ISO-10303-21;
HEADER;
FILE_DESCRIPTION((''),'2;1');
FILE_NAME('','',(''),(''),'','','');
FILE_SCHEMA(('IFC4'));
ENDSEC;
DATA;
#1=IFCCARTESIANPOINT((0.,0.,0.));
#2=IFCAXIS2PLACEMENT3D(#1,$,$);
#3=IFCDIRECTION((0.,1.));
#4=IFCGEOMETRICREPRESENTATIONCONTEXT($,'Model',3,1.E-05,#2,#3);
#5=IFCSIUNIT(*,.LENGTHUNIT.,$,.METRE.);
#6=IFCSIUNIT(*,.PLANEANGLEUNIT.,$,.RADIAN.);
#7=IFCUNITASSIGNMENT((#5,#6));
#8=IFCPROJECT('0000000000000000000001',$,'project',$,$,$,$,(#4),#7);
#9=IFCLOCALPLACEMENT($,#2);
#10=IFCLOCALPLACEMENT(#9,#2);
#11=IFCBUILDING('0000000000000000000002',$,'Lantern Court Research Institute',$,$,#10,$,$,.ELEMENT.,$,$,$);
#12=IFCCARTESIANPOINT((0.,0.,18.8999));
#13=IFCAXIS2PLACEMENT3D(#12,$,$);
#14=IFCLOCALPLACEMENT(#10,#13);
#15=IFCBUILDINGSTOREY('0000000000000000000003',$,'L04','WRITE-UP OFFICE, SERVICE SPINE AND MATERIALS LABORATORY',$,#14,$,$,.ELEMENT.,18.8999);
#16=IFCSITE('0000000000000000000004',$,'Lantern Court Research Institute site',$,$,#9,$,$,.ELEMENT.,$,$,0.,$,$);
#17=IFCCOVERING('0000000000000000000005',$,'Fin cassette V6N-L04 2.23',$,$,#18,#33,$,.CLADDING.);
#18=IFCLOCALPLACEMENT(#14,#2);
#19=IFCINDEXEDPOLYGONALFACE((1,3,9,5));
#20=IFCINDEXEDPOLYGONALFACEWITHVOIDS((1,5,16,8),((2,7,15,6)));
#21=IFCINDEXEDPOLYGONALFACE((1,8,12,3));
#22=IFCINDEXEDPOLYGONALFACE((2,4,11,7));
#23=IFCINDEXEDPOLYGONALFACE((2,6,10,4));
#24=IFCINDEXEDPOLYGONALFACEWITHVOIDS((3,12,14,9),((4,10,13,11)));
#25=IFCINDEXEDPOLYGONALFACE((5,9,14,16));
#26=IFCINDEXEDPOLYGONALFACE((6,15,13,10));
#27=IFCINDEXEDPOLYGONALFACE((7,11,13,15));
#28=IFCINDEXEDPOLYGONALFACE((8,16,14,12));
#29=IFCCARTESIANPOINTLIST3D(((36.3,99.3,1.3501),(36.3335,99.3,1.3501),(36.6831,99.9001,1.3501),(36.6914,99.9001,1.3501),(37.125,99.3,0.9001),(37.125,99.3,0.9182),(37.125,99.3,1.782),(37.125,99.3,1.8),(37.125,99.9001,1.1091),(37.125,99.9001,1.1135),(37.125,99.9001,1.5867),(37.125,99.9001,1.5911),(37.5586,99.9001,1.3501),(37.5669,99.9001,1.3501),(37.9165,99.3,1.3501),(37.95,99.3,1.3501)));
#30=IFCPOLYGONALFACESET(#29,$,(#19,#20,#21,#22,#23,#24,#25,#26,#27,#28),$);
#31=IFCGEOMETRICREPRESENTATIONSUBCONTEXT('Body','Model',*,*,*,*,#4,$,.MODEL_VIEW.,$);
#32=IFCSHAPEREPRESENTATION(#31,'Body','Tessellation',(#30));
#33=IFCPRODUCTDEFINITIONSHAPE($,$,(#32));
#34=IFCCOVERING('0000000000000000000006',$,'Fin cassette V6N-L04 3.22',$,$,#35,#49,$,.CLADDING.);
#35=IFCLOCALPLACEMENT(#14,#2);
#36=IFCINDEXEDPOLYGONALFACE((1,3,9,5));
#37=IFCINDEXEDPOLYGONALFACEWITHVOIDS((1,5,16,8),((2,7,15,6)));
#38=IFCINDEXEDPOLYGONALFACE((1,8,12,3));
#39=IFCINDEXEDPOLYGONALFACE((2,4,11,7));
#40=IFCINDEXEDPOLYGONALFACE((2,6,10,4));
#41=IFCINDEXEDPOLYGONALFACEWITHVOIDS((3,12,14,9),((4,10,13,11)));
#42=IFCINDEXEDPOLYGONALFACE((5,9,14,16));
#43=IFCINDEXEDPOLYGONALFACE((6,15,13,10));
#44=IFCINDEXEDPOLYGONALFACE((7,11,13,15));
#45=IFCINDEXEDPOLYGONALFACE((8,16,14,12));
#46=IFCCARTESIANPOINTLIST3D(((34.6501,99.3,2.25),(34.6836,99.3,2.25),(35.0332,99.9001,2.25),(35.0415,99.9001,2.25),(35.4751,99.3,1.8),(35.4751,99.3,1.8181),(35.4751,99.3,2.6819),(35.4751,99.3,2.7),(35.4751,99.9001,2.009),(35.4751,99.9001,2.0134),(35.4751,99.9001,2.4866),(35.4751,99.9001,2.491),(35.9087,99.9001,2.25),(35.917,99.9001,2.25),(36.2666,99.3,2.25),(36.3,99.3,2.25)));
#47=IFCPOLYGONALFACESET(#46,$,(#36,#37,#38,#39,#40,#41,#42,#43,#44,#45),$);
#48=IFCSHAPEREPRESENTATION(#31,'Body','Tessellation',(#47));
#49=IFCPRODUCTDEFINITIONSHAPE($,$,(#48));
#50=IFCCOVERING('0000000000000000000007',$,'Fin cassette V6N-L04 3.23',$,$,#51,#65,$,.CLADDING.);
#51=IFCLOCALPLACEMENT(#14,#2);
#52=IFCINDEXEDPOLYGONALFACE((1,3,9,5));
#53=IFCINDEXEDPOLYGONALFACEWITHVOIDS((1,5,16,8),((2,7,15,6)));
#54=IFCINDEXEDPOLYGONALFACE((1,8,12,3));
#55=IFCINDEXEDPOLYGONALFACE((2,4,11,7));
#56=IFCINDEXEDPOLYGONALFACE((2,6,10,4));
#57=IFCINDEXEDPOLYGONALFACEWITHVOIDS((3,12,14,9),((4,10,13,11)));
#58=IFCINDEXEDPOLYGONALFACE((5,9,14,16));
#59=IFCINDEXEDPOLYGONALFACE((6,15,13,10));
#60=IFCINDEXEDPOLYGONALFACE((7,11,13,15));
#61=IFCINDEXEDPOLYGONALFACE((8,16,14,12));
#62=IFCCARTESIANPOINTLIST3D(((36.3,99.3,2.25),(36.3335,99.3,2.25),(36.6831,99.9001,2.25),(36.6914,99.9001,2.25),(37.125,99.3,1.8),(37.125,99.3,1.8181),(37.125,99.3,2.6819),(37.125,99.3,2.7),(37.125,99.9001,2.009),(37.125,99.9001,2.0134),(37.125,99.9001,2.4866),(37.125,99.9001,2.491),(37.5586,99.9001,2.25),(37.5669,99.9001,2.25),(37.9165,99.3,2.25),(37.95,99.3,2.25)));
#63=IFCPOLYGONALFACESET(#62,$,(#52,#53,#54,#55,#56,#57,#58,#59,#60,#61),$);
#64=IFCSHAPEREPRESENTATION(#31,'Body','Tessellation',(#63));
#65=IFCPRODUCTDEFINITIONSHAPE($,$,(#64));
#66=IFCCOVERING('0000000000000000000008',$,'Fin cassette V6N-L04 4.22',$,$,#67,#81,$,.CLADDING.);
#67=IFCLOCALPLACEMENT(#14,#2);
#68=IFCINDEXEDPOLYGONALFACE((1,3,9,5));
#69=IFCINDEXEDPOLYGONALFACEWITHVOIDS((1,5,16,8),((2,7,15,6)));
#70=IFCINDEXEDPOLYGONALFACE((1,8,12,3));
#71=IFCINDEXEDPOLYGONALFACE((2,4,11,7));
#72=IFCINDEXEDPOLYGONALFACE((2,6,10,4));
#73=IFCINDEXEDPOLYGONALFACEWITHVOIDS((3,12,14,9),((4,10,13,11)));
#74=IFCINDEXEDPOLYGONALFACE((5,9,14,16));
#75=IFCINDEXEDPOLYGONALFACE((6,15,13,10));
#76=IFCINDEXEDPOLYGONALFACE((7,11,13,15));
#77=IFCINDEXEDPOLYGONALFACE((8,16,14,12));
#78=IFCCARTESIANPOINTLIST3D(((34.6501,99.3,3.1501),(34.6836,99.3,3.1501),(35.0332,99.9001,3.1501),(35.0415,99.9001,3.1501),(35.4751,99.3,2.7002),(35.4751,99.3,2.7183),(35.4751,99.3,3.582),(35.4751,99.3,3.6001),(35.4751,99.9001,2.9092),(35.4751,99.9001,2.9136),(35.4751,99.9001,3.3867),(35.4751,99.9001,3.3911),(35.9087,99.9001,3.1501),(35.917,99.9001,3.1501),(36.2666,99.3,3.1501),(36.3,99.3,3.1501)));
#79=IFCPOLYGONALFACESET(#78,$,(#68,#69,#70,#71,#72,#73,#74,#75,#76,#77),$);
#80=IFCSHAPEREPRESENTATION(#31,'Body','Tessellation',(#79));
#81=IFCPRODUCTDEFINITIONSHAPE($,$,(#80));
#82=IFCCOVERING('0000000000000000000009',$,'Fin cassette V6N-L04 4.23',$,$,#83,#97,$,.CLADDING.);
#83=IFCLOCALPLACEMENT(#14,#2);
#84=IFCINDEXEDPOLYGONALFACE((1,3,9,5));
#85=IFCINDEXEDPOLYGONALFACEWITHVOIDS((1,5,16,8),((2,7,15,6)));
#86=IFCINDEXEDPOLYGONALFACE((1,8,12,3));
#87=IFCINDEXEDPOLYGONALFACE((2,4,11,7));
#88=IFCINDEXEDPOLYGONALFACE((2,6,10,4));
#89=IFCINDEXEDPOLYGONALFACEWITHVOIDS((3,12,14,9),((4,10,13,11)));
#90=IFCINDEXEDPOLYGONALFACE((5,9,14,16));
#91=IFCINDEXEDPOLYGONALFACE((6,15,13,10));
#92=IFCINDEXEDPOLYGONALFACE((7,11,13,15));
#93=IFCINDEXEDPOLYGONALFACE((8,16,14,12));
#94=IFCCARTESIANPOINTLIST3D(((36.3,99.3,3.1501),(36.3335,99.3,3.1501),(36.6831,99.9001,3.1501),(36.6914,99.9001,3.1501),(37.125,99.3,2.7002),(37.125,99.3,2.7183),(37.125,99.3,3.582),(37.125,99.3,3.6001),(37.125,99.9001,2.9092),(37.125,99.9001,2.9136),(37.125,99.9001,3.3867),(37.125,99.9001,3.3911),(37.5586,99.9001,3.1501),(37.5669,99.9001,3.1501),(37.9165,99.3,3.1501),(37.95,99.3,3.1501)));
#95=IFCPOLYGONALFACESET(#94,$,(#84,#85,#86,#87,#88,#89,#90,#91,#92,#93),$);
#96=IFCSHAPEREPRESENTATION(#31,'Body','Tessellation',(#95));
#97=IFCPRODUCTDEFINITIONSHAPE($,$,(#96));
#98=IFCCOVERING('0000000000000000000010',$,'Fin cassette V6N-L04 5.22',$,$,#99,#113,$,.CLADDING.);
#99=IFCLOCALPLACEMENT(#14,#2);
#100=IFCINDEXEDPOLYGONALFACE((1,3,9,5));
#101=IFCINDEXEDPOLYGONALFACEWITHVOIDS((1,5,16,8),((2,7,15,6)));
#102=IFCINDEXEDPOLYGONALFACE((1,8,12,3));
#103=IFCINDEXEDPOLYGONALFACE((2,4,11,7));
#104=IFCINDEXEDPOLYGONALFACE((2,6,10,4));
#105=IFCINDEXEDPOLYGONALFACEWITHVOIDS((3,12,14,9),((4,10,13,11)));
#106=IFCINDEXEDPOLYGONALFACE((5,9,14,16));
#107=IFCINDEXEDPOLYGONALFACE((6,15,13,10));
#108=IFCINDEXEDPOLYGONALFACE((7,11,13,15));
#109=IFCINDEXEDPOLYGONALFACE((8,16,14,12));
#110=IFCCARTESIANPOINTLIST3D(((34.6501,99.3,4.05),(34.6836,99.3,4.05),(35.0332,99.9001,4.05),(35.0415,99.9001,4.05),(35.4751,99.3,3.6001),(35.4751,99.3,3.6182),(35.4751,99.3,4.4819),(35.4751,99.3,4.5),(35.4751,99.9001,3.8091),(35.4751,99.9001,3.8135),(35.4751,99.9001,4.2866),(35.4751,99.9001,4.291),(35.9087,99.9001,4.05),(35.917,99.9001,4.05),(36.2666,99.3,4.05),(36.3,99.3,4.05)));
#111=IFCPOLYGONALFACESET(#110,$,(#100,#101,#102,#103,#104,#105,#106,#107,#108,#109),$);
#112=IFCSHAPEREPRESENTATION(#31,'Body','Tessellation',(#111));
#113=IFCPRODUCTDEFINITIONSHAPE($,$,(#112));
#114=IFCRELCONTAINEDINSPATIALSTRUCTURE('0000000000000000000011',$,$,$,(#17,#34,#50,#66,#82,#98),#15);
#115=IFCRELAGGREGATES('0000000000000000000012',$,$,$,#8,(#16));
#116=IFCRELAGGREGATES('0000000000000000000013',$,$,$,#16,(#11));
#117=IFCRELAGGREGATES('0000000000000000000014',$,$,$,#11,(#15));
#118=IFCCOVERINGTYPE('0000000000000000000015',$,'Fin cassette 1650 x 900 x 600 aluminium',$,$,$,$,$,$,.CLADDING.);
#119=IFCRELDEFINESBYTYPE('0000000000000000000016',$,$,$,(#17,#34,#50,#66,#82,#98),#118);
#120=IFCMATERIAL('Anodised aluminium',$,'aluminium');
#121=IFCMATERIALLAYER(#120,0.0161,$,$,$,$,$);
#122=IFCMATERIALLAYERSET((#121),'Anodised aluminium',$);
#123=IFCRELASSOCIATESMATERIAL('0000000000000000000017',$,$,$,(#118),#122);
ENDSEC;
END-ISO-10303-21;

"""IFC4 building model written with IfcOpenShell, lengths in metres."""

from ifc_helpers import new_model, entity, si_unit, direction, frame, origin, place, context, subcontext, project, spatial, material, layer, layer_set, type_object, element, save


model = new_model("IFC4")

# Units and contexts
model_context = context("Model", 3, precision=1e-05, world=origin(), true_north=direction((0.0, 1.0)))
body_context = subcontext(model_context, "Body", "Model", "MODEL_VIEW")
ifc_project = project(units=[si_unit("LENGTHUNIT", "METRE"), si_unit("PLANEANGLEUNIT", "RADIAN")], contexts=[model_context])

# Site, building, storey
site_placement = place(None, origin())
site = spatial("IfcSite", under=ifc_project, at=site_placement, Name="Lantern Court Research Institute site", CompositionType="ELEMENT", RefElevation=0.0)
building_placement = place(site_placement, origin())
building = spatial("IfcBuilding", under=site, at=building_placement, Name="Lantern Court Research Institute", CompositionType="ELEMENT")
storey_placement = place(building_placement, frame((0.0, 0.0, 18.8999)))
storey = spatial("IfcBuildingStorey", under=building, at=storey_placement, Name="L04", Description="WRITE-UP OFFICE, SERVICE SPINE AND MATERIALS LABORATORY", CompositionType="ELEMENT", Elevation=18.8999)

# Coverings
ifc_material_1 = material(Name="Anodised aluminium", Category="aluminium")
ifc_layer_1 = layer(ifc_material_1, 0.0161)
ifc_layer_set_1 = layer_set([ifc_layer_1], Name="Anodised aluminium")
covering_type_1 = type_object("IfcCoveringType", Name="Fin cassette 1650 x 900 x 600 aluminium", PredefinedType="CLADDING", material=ifc_layer_set_1)
covering_1_placement = place(storey_placement, frame((37.125, 99.3, 1.3501), z_axis=(0.0, 1.0, 0.0), x_axis=(-1.0, 0.0, 0.0)))
cartesian_point_1 = entity("IfcCartesianPoint", [0.825, 0.0])
cartesian_point_2 = entity("IfcCartesianPoint", [0.7915, 0.0])
cartesian_point_3 = entity("IfcCartesianPoint", [0.4419, 0.0])
cartesian_point_4 = entity("IfcCartesianPoint", [0.4336, 0.0])
element("IfcCovering", 1, at=covering_1_placement, inside=storey, type_object=covering_type_1, Name="Fin cassette V6N-L04 2.23", PredefinedType="CLADDING", context=body_context, shape_type="SweptSolid", body=[
    entity("IfcExtrudedAreaSolidTapered", entity("IfcArbitraryProfileDefWithVoids", "AREA", None, entity("IfcPolyline", [cartesian_point_1, entity("IfcCartesianPoint", [0.0, 0.45]), entity("IfcCartesianPoint", [-0.825, 0.0]), entity("IfcCartesianPoint", [0.0, -0.45]), cartesian_point_1]), [entity("IfcPolyline", [cartesian_point_2, entity("IfcCartesianPoint", [0.0, 0.4319]), entity("IfcCartesianPoint", [-0.7915, 0.0]), entity("IfcCartesianPoint", [0.0, -0.4319]), cartesian_point_2])]), entity("IfcAxis2Placement3D", entity("IfcCartesianPoint", [0.0, 0.0, 0.0])), entity("IfcDirection", [0.0, 0.0, 1.0]), 0.6001, entity("IfcArbitraryProfileDefWithVoids", "AREA", None, entity("IfcPolyline", [cartesian_point_3, entity("IfcCartesianPoint", [0.0, 0.241]), entity("IfcCartesianPoint", [-0.4419, 0.0]), entity("IfcCartesianPoint", [0.0, -0.241]), cartesian_point_3]), [entity("IfcPolyline", [cartesian_point_4, entity("IfcCartesianPoint", [0.0, 0.2366]), entity("IfcCartesianPoint", [-0.4336, 0.0]), entity("IfcCartesianPoint", [0.0, -0.2366]), cartesian_point_4])])),
])
covering_2_placement = place(storey_placement, frame((35.4751, 99.3, 2.25), z_axis=(0.0, 1.0, 0.0), x_axis=(-1.0, 0.0, 0.0)))
cartesian_point_5 = entity("IfcCartesianPoint", [0.825, 0.0])
cartesian_point_6 = entity("IfcCartesianPoint", [0.7915, 0.0])
cartesian_point_7 = entity("IfcCartesianPoint", [0.4419, 0.0])
cartesian_point_8 = entity("IfcCartesianPoint", [0.4336, 0.0])
element("IfcCovering", 2, at=covering_2_placement, inside=storey, type_object=covering_type_1, Name="Fin cassette V6N-L04 3.22", PredefinedType="CLADDING", context=body_context, shape_type="SweptSolid", body=[
    entity("IfcExtrudedAreaSolidTapered", entity("IfcArbitraryProfileDefWithVoids", "AREA", None, entity("IfcPolyline", [cartesian_point_5, entity("IfcCartesianPoint", [0.0, 0.45]), entity("IfcCartesianPoint", [-0.825, 0.0]), entity("IfcCartesianPoint", [0.0, -0.45]), cartesian_point_5]), [entity("IfcPolyline", [cartesian_point_6, entity("IfcCartesianPoint", [0.0, 0.4319]), entity("IfcCartesianPoint", [-0.7915, 0.0]), entity("IfcCartesianPoint", [0.0, -0.4319]), cartesian_point_6])]), entity("IfcAxis2Placement3D", entity("IfcCartesianPoint", [0.0, 0.0, 0.0])), entity("IfcDirection", [0.0, 0.0, 1.0]), 0.6001, entity("IfcArbitraryProfileDefWithVoids", "AREA", None, entity("IfcPolyline", [cartesian_point_7, entity("IfcCartesianPoint", [0.0, 0.241]), entity("IfcCartesianPoint", [-0.4419, 0.0]), entity("IfcCartesianPoint", [0.0, -0.241]), cartesian_point_7]), [entity("IfcPolyline", [cartesian_point_8, entity("IfcCartesianPoint", [0.0, 0.2366]), entity("IfcCartesianPoint", [-0.4336, 0.0]), entity("IfcCartesianPoint", [0.0, -0.2366]), cartesian_point_8])])),
])
covering_3_placement = place(storey_placement, frame((37.125, 99.3, 2.25), z_axis=(0.0, 1.0, 0.0), x_axis=(-1.0, 0.0, 0.0)))
cartesian_point_9 = entity("IfcCartesianPoint", [0.825, 0.0])
cartesian_point_10 = entity("IfcCartesianPoint", [0.7915, 0.0])
cartesian_point_11 = entity("IfcCartesianPoint", [0.4419, 0.0])
cartesian_point_12 = entity("IfcCartesianPoint", [0.4336, 0.0])
element("IfcCovering", 3, at=covering_3_placement, inside=storey, type_object=covering_type_1, Name="Fin cassette V6N-L04 3.23", PredefinedType="CLADDING", context=body_context, shape_type="SweptSolid", body=[
    entity("IfcExtrudedAreaSolidTapered", entity("IfcArbitraryProfileDefWithVoids", "AREA", None, entity("IfcPolyline", [cartesian_point_9, entity("IfcCartesianPoint", [0.0, 0.45]), entity("IfcCartesianPoint", [-0.825, 0.0]), entity("IfcCartesianPoint", [0.0, -0.45]), cartesian_point_9]), [entity("IfcPolyline", [cartesian_point_10, entity("IfcCartesianPoint", [0.0, 0.4319]), entity("IfcCartesianPoint", [-0.7915, 0.0]), entity("IfcCartesianPoint", [0.0, -0.4319]), cartesian_point_10])]), entity("IfcAxis2Placement3D", entity("IfcCartesianPoint", [0.0, 0.0, 0.0])), entity("IfcDirection", [0.0, 0.0, 1.0]), 0.6001, entity("IfcArbitraryProfileDefWithVoids", "AREA", None, entity("IfcPolyline", [cartesian_point_11, entity("IfcCartesianPoint", [0.0, 0.241]), entity("IfcCartesianPoint", [-0.4419, 0.0]), entity("IfcCartesianPoint", [0.0, -0.241]), cartesian_point_11]), [entity("IfcPolyline", [cartesian_point_12, entity("IfcCartesianPoint", [0.0, 0.2366]), entity("IfcCartesianPoint", [-0.4336, 0.0]), entity("IfcCartesianPoint", [0.0, -0.2366]), cartesian_point_12])])),
])
covering_4_placement = place(storey_placement, frame((35.4751, 99.3, 3.1501), z_axis=(0.0, 1.0, 0.0), x_axis=(-1.0, 0.0, 0.0)))
cartesian_point_13 = entity("IfcCartesianPoint", [0.825, 0.0])
cartesian_point_14 = entity("IfcCartesianPoint", [0.7915, 0.0])
cartesian_point_15 = entity("IfcCartesianPoint", [0.4419, 0.0])
cartesian_point_16 = entity("IfcCartesianPoint", [0.4336, 0.0])
element("IfcCovering", 4, at=covering_4_placement, inside=storey, type_object=covering_type_1, Name="Fin cassette V6N-L04 4.22", PredefinedType="CLADDING", context=body_context, shape_type="SweptSolid", body=[
    entity("IfcExtrudedAreaSolidTapered", entity("IfcArbitraryProfileDefWithVoids", "AREA", None, entity("IfcPolyline", [cartesian_point_13, entity("IfcCartesianPoint", [0.0, 0.45]), entity("IfcCartesianPoint", [-0.825, 0.0]), entity("IfcCartesianPoint", [0.0, -0.45]), cartesian_point_13]), [entity("IfcPolyline", [cartesian_point_14, entity("IfcCartesianPoint", [0.0, 0.4319]), entity("IfcCartesianPoint", [-0.7915, 0.0]), entity("IfcCartesianPoint", [0.0, -0.4319]), cartesian_point_14])]), entity("IfcAxis2Placement3D", entity("IfcCartesianPoint", [0.0, 0.0, 0.0])), entity("IfcDirection", [0.0, 0.0, 1.0]), 0.6001, entity("IfcArbitraryProfileDefWithVoids", "AREA", None, entity("IfcPolyline", [cartesian_point_15, entity("IfcCartesianPoint", [0.0, 0.241]), entity("IfcCartesianPoint", [-0.4419, 0.0]), entity("IfcCartesianPoint", [0.0, -0.241]), cartesian_point_15]), [entity("IfcPolyline", [cartesian_point_16, entity("IfcCartesianPoint", [0.0, 0.2366]), entity("IfcCartesianPoint", [-0.4336, 0.0]), entity("IfcCartesianPoint", [0.0, -0.2366]), cartesian_point_16])])),
])
covering_5_placement = place(storey_placement, frame((37.125, 99.3, 3.1501), z_axis=(0.0, 1.0, 0.0), x_axis=(-1.0, 0.0, 0.0)))
cartesian_point_17 = entity("IfcCartesianPoint", [0.825, 0.0])
cartesian_point_18 = entity("IfcCartesianPoint", [0.7915, 0.0])
cartesian_point_19 = entity("IfcCartesianPoint", [0.4419, 0.0])
cartesian_point_20 = entity("IfcCartesianPoint", [0.4336, 0.0])
element("IfcCovering", 5, at=covering_5_placement, inside=storey, type_object=covering_type_1, Name="Fin cassette V6N-L04 4.23", PredefinedType="CLADDING", context=body_context, shape_type="SweptSolid", body=[
    entity("IfcExtrudedAreaSolidTapered", entity("IfcArbitraryProfileDefWithVoids", "AREA", None, entity("IfcPolyline", [cartesian_point_17, entity("IfcCartesianPoint", [0.0, 0.45]), entity("IfcCartesianPoint", [-0.825, 0.0]), entity("IfcCartesianPoint", [0.0, -0.45]), cartesian_point_17]), [entity("IfcPolyline", [cartesian_point_18, entity("IfcCartesianPoint", [0.0, 0.4319]), entity("IfcCartesianPoint", [-0.7915, 0.0]), entity("IfcCartesianPoint", [0.0, -0.4319]), cartesian_point_18])]), entity("IfcAxis2Placement3D", entity("IfcCartesianPoint", [0.0, 0.0, 0.0])), entity("IfcDirection", [0.0, 0.0, 1.0]), 0.6001, entity("IfcArbitraryProfileDefWithVoids", "AREA", None, entity("IfcPolyline", [cartesian_point_19, entity("IfcCartesianPoint", [0.0, 0.241]), entity("IfcCartesianPoint", [-0.4419, 0.0]), entity("IfcCartesianPoint", [0.0, -0.241]), cartesian_point_19]), [entity("IfcPolyline", [cartesian_point_20, entity("IfcCartesianPoint", [0.0, 0.2366]), entity("IfcCartesianPoint", [-0.4336, 0.0]), entity("IfcCartesianPoint", [0.0, -0.2366]), cartesian_point_20])])),
])
covering_6_placement = place(storey_placement, frame((35.4751, 99.3, 4.05), z_axis=(0.0, 1.0, 0.0), x_axis=(-1.0, 0.0, 0.0)))
cartesian_point_21 = entity("IfcCartesianPoint", [0.825, 0.0])
cartesian_point_22 = entity("IfcCartesianPoint", [0.7915, 0.0])
cartesian_point_23 = entity("IfcCartesianPoint", [0.4419, 0.0])
cartesian_point_24 = entity("IfcCartesianPoint", [0.4336, 0.0])
element("IfcCovering", 6, at=covering_6_placement, inside=storey, type_object=covering_type_1, Name="Fin cassette V6N-L04 5.22", PredefinedType="CLADDING", context=body_context, shape_type="SweptSolid", body=[
    entity("IfcExtrudedAreaSolidTapered", entity("IfcArbitraryProfileDefWithVoids", "AREA", None, entity("IfcPolyline", [cartesian_point_21, entity("IfcCartesianPoint", [0.0, 0.45]), entity("IfcCartesianPoint", [-0.825, 0.0]), entity("IfcCartesianPoint", [0.0, -0.45]), cartesian_point_21]), [entity("IfcPolyline", [cartesian_point_22, entity("IfcCartesianPoint", [0.0, 0.4319]), entity("IfcCartesianPoint", [-0.7915, 0.0]), entity("IfcCartesianPoint", [0.0, -0.4319]), cartesian_point_22])]), entity("IfcAxis2Placement3D", entity("IfcCartesianPoint", [0.0, 0.0, 0.0])), entity("IfcDirection", [0.0, 0.0, 1.0]), 0.6001, entity("IfcArbitraryProfileDefWithVoids", "AREA", None, entity("IfcPolyline", [cartesian_point_23, entity("IfcCartesianPoint", [0.0, 0.241]), entity("IfcCartesianPoint", [-0.4419, 0.0]), entity("IfcCartesianPoint", [0.0, -0.241]), cartesian_point_23]), [entity("IfcPolyline", [cartesian_point_24, entity("IfcCartesianPoint", [0.0, 0.2366]), entity("IfcCartesianPoint", [-0.4336, 0.0]), entity("IfcCartesianPoint", [0.0, -0.2366]), cartesian_point_24])])),
])

save(model, "model.ifc")
